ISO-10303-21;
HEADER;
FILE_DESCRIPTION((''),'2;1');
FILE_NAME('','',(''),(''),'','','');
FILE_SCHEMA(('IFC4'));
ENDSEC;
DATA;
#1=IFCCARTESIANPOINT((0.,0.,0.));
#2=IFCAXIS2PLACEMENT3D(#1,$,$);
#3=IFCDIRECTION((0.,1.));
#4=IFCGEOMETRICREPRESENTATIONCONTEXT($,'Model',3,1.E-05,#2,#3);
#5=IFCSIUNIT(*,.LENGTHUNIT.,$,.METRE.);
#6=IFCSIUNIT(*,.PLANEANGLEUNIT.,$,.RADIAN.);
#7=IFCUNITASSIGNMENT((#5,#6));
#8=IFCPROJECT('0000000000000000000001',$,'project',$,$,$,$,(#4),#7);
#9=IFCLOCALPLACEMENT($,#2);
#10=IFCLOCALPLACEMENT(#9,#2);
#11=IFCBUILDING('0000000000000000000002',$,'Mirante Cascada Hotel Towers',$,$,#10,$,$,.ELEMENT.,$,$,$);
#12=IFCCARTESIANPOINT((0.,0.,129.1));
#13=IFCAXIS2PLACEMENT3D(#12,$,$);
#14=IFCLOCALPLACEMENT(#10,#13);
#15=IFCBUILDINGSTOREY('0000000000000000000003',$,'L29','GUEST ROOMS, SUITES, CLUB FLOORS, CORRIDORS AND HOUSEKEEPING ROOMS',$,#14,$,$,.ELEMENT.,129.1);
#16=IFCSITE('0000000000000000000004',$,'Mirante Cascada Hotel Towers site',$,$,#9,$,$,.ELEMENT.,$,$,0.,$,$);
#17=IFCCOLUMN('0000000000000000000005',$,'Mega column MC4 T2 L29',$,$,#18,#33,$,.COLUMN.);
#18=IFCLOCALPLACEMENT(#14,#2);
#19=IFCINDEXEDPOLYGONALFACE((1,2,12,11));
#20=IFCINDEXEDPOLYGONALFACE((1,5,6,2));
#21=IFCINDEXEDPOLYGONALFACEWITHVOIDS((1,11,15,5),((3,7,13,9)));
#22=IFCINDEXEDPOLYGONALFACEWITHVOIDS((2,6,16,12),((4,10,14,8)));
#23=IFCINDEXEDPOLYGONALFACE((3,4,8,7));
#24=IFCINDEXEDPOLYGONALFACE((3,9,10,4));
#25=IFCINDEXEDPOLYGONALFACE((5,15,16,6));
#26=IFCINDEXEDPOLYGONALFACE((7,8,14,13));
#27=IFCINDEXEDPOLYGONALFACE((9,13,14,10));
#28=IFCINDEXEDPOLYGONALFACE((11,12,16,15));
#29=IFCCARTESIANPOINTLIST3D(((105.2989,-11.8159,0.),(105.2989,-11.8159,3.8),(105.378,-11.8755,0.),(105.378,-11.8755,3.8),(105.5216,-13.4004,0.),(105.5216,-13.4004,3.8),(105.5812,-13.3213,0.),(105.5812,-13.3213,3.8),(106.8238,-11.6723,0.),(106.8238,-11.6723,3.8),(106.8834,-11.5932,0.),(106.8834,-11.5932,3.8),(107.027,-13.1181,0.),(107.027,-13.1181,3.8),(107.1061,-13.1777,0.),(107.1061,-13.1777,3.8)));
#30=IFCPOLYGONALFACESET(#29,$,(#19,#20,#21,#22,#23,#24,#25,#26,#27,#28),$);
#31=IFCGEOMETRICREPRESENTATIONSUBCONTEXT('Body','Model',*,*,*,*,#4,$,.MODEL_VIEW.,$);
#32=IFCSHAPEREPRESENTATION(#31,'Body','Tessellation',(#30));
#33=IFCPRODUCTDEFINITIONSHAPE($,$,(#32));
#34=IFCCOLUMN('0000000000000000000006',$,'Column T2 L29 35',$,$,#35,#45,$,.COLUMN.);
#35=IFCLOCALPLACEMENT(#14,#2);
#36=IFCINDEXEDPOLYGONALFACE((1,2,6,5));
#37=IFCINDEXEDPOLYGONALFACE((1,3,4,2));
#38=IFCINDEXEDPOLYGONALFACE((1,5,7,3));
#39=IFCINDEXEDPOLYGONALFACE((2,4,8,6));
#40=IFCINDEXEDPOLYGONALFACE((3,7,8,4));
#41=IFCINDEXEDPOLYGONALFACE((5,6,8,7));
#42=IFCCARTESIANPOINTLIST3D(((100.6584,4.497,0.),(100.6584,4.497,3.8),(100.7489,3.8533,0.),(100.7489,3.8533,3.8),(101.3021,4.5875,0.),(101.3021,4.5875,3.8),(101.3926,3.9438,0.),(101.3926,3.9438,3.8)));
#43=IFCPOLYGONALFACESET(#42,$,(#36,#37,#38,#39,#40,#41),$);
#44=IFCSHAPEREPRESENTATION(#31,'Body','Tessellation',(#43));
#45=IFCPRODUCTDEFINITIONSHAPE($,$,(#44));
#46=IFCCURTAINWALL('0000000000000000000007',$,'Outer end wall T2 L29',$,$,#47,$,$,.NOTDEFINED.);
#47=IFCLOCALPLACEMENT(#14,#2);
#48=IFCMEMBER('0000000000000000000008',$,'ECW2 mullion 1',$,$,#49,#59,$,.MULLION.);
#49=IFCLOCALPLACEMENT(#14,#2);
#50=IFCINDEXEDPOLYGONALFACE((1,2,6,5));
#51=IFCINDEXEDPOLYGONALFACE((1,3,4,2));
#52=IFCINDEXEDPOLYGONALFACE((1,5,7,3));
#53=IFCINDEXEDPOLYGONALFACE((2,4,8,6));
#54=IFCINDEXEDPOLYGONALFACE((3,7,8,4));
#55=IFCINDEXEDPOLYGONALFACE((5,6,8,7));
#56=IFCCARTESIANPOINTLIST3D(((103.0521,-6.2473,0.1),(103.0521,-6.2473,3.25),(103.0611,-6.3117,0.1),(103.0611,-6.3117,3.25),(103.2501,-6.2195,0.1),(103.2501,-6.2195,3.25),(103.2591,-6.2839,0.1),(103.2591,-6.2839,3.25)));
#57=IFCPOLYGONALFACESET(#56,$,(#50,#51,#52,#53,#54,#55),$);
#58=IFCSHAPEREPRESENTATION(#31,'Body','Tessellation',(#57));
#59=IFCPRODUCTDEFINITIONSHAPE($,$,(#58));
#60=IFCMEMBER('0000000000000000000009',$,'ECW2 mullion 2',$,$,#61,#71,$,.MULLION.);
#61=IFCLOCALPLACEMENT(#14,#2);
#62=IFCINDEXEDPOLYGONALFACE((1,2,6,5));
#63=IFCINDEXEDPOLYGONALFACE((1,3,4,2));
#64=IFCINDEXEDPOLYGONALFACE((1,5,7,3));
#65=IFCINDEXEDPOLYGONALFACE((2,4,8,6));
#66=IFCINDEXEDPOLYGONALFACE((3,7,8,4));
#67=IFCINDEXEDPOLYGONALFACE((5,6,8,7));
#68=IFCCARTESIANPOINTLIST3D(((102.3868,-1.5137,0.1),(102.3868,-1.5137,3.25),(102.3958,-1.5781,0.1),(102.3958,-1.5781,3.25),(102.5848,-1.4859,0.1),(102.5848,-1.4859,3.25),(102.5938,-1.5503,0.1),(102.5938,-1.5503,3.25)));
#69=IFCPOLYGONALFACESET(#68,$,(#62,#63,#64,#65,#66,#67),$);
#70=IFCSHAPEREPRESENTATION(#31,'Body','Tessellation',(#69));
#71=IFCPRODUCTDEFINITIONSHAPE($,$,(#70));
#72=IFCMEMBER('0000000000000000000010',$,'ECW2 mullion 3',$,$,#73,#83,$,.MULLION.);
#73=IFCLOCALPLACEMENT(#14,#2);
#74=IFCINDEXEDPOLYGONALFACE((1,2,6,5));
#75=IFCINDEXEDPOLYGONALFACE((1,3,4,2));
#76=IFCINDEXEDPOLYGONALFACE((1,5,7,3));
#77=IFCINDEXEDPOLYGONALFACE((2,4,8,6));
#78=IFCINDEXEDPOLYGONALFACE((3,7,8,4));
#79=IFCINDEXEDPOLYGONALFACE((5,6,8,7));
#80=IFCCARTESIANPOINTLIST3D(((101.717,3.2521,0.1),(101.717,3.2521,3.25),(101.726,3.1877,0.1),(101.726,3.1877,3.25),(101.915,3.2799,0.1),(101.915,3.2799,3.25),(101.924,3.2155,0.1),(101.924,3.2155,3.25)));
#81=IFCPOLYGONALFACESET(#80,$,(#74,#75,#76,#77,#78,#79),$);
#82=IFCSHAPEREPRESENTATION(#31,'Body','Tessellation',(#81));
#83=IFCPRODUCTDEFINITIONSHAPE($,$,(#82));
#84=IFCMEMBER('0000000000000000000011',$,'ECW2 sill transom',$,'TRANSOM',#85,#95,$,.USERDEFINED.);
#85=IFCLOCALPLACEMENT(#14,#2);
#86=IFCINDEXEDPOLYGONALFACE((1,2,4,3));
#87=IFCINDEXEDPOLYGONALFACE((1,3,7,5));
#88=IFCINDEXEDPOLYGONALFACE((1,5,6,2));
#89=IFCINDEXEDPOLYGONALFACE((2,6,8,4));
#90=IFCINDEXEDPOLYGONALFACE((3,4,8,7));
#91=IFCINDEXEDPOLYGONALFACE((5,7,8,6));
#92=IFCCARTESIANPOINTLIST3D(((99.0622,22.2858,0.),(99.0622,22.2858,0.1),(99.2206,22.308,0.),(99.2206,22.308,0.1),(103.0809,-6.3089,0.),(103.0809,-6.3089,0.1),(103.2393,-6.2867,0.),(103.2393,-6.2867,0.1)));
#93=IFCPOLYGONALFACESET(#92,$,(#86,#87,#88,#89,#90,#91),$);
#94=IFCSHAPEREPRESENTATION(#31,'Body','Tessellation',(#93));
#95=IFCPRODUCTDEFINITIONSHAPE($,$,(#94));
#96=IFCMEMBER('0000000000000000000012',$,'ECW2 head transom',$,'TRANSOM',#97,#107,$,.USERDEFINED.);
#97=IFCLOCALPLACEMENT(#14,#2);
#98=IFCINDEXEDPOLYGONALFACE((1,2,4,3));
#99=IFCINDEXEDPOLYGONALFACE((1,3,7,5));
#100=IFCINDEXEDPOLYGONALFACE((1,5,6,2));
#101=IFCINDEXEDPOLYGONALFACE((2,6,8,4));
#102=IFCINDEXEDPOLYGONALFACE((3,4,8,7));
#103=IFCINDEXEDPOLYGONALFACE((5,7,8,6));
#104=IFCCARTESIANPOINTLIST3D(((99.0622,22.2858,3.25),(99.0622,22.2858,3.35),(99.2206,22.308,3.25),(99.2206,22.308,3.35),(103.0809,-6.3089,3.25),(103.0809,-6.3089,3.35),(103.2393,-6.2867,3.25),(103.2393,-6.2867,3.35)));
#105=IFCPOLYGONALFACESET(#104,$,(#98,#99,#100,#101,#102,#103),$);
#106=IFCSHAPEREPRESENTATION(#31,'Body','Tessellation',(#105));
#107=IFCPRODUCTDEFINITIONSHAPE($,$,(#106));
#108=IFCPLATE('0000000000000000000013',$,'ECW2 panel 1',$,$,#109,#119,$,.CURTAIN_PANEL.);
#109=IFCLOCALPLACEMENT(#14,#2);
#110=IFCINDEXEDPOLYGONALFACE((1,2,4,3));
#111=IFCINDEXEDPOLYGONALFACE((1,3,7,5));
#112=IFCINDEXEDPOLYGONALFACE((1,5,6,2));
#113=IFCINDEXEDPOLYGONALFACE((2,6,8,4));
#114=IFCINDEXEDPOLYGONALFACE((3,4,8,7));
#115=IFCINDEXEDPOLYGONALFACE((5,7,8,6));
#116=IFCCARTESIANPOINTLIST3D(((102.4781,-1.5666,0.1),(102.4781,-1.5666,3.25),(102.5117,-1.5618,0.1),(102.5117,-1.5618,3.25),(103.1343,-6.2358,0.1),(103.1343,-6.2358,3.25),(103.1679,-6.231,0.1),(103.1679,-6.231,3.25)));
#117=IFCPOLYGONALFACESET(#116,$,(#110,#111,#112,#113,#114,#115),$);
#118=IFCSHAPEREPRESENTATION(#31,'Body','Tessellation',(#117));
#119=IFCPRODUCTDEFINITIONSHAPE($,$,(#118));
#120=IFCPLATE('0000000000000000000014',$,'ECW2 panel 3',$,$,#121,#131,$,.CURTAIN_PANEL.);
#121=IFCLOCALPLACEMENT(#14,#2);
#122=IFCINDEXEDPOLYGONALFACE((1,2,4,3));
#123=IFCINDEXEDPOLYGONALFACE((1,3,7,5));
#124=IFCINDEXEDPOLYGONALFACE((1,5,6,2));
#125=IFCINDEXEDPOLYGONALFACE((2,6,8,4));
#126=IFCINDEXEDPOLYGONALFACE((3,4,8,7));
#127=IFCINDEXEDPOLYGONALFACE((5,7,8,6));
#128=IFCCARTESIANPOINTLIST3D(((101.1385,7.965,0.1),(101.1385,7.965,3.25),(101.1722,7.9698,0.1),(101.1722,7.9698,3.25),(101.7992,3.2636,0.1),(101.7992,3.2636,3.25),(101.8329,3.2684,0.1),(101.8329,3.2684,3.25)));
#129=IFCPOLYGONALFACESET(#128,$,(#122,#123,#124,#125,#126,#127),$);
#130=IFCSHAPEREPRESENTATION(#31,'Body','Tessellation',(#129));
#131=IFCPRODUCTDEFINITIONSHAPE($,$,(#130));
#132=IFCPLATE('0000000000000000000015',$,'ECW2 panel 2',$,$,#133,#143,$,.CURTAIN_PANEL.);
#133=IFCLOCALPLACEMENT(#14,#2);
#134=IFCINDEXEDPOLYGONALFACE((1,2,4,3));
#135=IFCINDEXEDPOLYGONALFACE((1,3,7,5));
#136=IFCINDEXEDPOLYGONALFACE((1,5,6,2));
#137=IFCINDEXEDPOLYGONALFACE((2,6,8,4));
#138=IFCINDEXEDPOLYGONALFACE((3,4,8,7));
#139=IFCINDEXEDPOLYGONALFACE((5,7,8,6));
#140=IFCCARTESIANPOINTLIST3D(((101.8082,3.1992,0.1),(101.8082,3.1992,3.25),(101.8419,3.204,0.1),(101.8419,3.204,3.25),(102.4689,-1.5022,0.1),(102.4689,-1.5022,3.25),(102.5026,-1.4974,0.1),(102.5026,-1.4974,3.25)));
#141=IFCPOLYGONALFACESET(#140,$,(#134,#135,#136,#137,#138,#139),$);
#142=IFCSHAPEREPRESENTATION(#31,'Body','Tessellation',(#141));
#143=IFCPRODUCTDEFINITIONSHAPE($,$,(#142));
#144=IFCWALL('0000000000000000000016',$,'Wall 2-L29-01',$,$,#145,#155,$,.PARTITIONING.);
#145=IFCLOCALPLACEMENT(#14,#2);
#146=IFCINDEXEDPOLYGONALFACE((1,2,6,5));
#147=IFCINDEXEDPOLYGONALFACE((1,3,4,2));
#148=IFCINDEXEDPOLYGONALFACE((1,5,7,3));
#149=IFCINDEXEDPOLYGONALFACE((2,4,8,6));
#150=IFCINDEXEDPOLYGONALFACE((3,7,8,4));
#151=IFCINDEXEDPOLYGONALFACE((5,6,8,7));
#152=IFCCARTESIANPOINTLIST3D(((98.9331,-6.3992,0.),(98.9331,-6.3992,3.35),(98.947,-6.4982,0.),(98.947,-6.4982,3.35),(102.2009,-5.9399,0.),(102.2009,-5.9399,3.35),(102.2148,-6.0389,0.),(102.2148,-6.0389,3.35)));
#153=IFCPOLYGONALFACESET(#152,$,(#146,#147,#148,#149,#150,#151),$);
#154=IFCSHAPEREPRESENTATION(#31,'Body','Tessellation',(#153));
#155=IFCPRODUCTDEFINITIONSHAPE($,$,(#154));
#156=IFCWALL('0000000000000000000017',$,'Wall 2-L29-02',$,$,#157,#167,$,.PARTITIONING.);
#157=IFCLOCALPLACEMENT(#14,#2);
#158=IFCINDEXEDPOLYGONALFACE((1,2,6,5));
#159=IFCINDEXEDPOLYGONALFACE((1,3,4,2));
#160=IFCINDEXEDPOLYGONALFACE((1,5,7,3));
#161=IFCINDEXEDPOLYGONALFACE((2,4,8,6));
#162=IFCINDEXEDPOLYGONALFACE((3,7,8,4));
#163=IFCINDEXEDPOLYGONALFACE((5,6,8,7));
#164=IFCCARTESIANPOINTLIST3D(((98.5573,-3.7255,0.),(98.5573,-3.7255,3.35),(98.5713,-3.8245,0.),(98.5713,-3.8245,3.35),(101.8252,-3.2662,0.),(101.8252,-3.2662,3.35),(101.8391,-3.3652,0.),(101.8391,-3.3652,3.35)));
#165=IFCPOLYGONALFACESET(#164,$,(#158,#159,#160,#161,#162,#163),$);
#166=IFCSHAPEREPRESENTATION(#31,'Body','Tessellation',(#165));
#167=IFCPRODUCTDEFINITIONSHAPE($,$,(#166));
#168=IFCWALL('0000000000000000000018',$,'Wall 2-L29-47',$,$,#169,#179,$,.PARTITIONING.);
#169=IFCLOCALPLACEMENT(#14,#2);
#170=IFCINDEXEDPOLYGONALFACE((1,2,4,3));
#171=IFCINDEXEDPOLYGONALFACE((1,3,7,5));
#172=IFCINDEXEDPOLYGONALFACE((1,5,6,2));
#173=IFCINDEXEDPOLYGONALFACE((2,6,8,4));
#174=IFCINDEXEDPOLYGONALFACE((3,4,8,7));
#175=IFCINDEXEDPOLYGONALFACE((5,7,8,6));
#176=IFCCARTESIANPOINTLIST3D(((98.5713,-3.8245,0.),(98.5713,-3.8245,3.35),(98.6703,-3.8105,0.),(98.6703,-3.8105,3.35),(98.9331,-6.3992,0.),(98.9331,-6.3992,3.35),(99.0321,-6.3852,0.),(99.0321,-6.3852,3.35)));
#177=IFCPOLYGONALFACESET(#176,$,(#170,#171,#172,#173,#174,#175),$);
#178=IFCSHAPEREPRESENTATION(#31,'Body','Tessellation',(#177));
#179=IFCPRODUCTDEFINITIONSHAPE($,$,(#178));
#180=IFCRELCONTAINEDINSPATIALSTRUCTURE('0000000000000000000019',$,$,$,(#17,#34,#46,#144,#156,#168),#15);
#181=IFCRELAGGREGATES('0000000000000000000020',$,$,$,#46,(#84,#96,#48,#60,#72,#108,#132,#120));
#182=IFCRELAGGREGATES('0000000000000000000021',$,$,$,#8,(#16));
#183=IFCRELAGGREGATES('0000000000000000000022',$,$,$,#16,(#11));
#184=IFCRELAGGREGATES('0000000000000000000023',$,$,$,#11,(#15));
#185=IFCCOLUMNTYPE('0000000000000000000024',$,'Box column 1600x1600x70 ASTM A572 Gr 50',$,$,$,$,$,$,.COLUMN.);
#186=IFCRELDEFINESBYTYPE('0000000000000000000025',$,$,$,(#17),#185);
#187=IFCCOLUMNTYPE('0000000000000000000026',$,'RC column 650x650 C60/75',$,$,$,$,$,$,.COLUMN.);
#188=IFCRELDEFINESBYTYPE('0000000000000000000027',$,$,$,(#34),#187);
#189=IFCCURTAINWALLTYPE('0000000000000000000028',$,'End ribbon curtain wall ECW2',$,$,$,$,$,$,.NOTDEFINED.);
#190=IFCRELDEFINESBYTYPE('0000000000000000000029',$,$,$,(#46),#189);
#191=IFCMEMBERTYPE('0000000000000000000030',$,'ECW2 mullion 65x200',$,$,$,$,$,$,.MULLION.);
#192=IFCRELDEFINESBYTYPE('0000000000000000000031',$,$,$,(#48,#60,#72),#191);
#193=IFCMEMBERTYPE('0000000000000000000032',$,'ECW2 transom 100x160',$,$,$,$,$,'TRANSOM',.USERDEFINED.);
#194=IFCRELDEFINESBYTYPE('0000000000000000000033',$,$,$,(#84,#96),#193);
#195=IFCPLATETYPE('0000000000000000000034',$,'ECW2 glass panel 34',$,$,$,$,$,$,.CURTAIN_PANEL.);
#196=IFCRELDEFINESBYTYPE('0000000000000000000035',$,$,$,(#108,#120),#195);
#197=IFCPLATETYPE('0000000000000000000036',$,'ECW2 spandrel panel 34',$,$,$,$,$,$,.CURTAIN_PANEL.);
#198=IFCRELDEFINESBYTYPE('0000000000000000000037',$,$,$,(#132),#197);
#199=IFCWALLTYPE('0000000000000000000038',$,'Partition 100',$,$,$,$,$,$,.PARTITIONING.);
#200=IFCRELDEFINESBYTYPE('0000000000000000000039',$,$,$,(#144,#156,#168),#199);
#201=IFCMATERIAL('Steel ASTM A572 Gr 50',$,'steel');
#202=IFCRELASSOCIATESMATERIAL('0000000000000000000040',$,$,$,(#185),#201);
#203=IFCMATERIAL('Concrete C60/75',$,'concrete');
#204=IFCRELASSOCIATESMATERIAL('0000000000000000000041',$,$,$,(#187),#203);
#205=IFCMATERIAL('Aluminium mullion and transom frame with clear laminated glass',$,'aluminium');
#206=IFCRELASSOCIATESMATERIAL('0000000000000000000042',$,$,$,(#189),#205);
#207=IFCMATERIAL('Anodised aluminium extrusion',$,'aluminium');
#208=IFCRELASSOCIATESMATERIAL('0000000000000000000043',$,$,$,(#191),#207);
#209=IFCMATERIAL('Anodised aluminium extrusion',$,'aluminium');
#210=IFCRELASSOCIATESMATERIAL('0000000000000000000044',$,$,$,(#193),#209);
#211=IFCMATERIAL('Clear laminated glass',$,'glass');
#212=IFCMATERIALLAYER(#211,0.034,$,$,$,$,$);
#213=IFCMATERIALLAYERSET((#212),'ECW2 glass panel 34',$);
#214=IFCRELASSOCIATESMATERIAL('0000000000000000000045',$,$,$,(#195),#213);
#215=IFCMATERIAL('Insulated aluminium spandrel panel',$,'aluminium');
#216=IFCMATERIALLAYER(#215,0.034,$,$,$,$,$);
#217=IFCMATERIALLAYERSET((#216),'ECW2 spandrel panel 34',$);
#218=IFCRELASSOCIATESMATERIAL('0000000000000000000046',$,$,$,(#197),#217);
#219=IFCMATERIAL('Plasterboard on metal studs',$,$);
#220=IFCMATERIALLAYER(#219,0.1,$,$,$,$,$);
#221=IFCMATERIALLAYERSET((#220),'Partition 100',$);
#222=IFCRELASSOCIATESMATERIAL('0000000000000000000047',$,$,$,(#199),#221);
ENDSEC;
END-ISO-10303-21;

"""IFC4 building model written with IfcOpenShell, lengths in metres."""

from ifc_helpers import new_model, si_unit, direction, frame, frame_2d, origin, origin_2d, place, context, subcontext, project, spatial, rectangle, hollow_rectangle, extrude, material, layer, layer_set, material_profile, profile_set, type_object, element, aggregate, save


model = new_model("IFC4")

# Units and contexts
model_context = context("Model", 3, precision=1e-05, world=origin(), true_north=direction((0.0, 1.0)))
body_context = subcontext(model_context, "Body", "Model", "MODEL_VIEW")
ifc_project = project(units=[si_unit("LENGTHUNIT", "METRE"), si_unit("PLANEANGLEUNIT", "RADIAN")], contexts=[model_context])

# Site, building, storey
site_placement = place(None, origin())
site = spatial("IfcSite", under=ifc_project, at=site_placement, Name="Mirante Cascada Hotel Towers site", CompositionType="ELEMENT", RefElevation=0.0)
building_placement = place(site_placement, origin())
building = spatial("IfcBuilding", under=site, at=building_placement, Name="Mirante Cascada Hotel Towers", CompositionType="ELEMENT")
storey_placement = place(building_placement, frame((0.0, 0.0, 129.1)))
storey = spatial("IfcBuildingStorey", under=building, at=storey_placement, Name="L29", Description="GUEST ROOMS, SUITES, CLUB FLOORS, CORRIDORS AND HOUSEKEEPING ROOMS", CompositionType="ELEMENT", Elevation=129.1)

# Columns
ifc_material_1 = material(Name="Steel ASTM A572 Gr 50", Category="steel")
ifc_material_profile_1 = material_profile(ifc_material_1, hollow_rectangle(XDim=1.6, YDim=1.6, WallThickness=0.07, at=origin_2d()), Name="Box column 1600x1600x70 ASTM A572 Gr 50")
ifc_profile_set_1 = profile_set([ifc_material_profile_1], Name="Steel ASTM A572 Gr 50")
column_type_1 = type_object("IfcColumnType", Name="Box column 1600x1600x70 ASTM A572 Gr 50", PredefinedType="COLUMN", material=ifc_profile_set_1)
column_1_placement = place(storey_placement, frame((106.2025, -12.4968, 0.0), z_axis=(0.0, 0.0, 1.0), x_axis=(0.990268, 0.139173, 0.0)))
element("IfcColumn", 1, at=column_1_placement, inside=storey, type_object=column_type_1, Name="Mega column MC4 T2 L29", PredefinedType="COLUMN", context=body_context, shape_type="SweptSolid", body=[
    extrude(hollow_rectangle(XDim=1.6, YDim=1.6, WallThickness=0.07, at=origin_2d()), origin(), (0.0, 0.0, 1.0), 3.8),
])
ifc_material_2 = material(Name="Concrete C60/75", Category="concrete")
ifc_material_profile_2 = material_profile(ifc_material_2, rectangle(XDim=0.65, YDim=0.65, at=origin_2d()), Name="RC column 650x650 C60/75")
ifc_profile_set_2 = profile_set([ifc_material_profile_2], Name="Concrete C60/75")
column_type_2 = type_object("IfcColumnType", Name="RC column 650x650 C60/75", PredefinedType="COLUMN", material=ifc_profile_set_2)
column_2_placement = place(storey_placement, frame((101.0255, 4.2204, 0.0), z_axis=(0.0, 0.0, 1.0), x_axis=(0.990268, 0.139173, 0.0)))
element("IfcColumn", 2, at=column_2_placement, inside=storey, type_object=column_type_2, Name="Column T2 L29 35", PredefinedType="COLUMN", context=body_context, shape_type="SweptSolid", body=[
    extrude(rectangle(XDim=0.65, YDim=0.65, at=origin_2d()), origin(), (0.0, 0.0, 1.0), 3.8),
])

# Curtain wall, members, plates
ifc_material_3 = material(Name="Aluminium mullion and transom frame with clear laminated glass", Category="aluminium")
curtain_wall_type = type_object("IfcCurtainWallType", Name="End ribbon curtain wall ECW2", PredefinedType="NOTDEFINED", material=ifc_material_3)
curtain_wall_placement = place(storey_placement, origin())
curtain_wall = element("IfcCurtainWall", 3, at=curtain_wall_placement, inside=storey, type_object=curtain_wall_type, Name="Outer end wall T2 L29", PredefinedType="NOTDEFINED")
ifc_material_4 = material(Name="Anodised aluminium extrusion", Category="aluminium")
ifc_material_profile_3 = material_profile(ifc_material_4, rectangle(XDim=0.2, YDim=0.065, at=origin_2d()), Name="ECW2 MULLION 65x200")
ifc_profile_set_3 = profile_set([ifc_material_profile_3], Name="Anodised aluminium extrusion")
member_type_1 = type_object("IfcMemberType", Name="ECW2 mullion 65x200", PredefinedType="MULLION", material=ifc_profile_set_3)
member_1_placement = place(storey_placement, frame((103.1556, -6.2656, 0.1), z_axis=(0.0, 0.0, 1.0), x_axis=(-0.990268, -0.139173, 0.0)))
member_1 = element("IfcMember", 4, at=member_1_placement, type_object=member_type_1, Name="ECW2 mullion 1", PredefinedType="MULLION", context=body_context, shape_type="SweptSolid", body=[
    extrude(rectangle(XDim=0.2, YDim=0.065, at=origin_2d()), origin(), (0.0, 0.0, 1.0), 3.15),
])
member_2_placement = place(storey_placement, frame((102.4903, -1.532, 0.1), z_axis=(0.0, 0.0, 1.0), x_axis=(-0.990268, -0.139173, 0.0)))
member_2 = element("IfcMember", 5, at=member_2_placement, type_object=member_type_1, Name="ECW2 mullion 2", PredefinedType="MULLION", context=body_context, shape_type="SweptSolid", body=[
    extrude(rectangle(XDim=0.2, YDim=0.065, at=origin_2d()), origin(), (0.0, 0.0, 1.0), 3.15),
])
member_3_placement = place(storey_placement, frame((101.8205, 3.2338, 0.1), z_axis=(0.0, 0.0, 1.0), x_axis=(-0.990268, -0.139173, 0.0)))
member_3 = element("IfcMember", 6, at=member_3_placement, type_object=member_type_1, Name="ECW2 mullion 3", PredefinedType="MULLION", context=body_context, shape_type="SweptSolid", body=[
    extrude(rectangle(XDim=0.2, YDim=0.065, at=origin_2d()), origin(), (0.0, 0.0, 1.0), 3.15),
])
ifc_material_5 = material(Name="Anodised aluminium extrusion", Category="aluminium")
ifc_material_profile_4 = material_profile(ifc_material_5, rectangle(XDim=0.16, YDim=0.1, at=origin_2d()), Name="ECW2 TRANSOM 100x160")
ifc_profile_set_4 = profile_set([ifc_material_profile_4], Name="Anodised aluminium extrusion")
member_type_2 = type_object("IfcMemberType", Name="ECW2 transom 100x160", ElementType="TRANSOM", PredefinedType="USERDEFINED", material=ifc_profile_set_4)
member_4_placement = place(storey_placement, frame((103.1601, -6.2978, 0.05), z_axis=(-0.139172, 0.990268, 0.0), x_axis=(-0.990268, -0.139172, 0.0)))
member_4 = element("IfcMember", 7, at=member_4_placement, type_object=member_type_2, Name="ECW2 sill transom", ObjectType="TRANSOM", PredefinedType="USERDEFINED", context=body_context, shape_type="SweptSolid", body=[
    extrude(rectangle(XDim=0.16, YDim=0.1, at=origin_2d()), origin(), (0.0, 0.0, 1.0), 28.8757),
])
member_5_placement = place(storey_placement, frame((103.1601, -6.2978, 3.3), z_axis=(-0.139172, 0.990268, 0.0), x_axis=(-0.990268, -0.139172, 0.0)))
member_5 = element("IfcMember", 8, at=member_5_placement, type_object=member_type_2, Name="ECW2 head transom", ObjectType="TRANSOM", PredefinedType="USERDEFINED", context=body_context, shape_type="SweptSolid", body=[
    extrude(rectangle(XDim=0.16, YDim=0.1, at=origin_2d()), origin(), (0.0, 0.0, 1.0), 28.8757),
])
ifc_material_6 = material(Name="Clear laminated glass", Category="glass")
ifc_layer_1 = layer(ifc_material_6, 0.034)
ifc_layer_set_1 = layer_set([ifc_layer_1], Name="ECW2 glass panel 34")
plate_type_1 = type_object("IfcPlateType", Name="ECW2 glass panel 34", PredefinedType="CURTAIN_PANEL", material=ifc_layer_set_1)
plate_1_placement = place(storey_placement, frame((102.823, -3.8988, 0.1), z_axis=(0.0, 0.0, 1.0), x_axis=(-0.139173, 0.990268, 0.0)))
plate_1 = element("IfcPlate", 9, at=plate_1_placement, type_object=plate_type_1, Name="ECW2 panel 1", PredefinedType="CURTAIN_PANEL", context=body_context, shape_type="SweptSolid", body=[
    extrude(rectangle(XDim=4.7151, YDim=0.034, at=origin_2d()), origin(), (0.0, 0.0, 1.0), 3.15),
])
plate_2_placement = place(storey_placement, frame((101.4857, 5.6167, 0.1), z_axis=(0.0, 0.0, 1.0), x_axis=(-0.139173, 0.990268, 0.0)))
plate_2 = element("IfcPlate", 10, at=plate_2_placement, type_object=plate_type_1, Name="ECW2 panel 3", PredefinedType="CURTAIN_PANEL", context=body_context, shape_type="SweptSolid", body=[
    extrude(rectangle(XDim=4.7476, YDim=0.034, at=origin_2d()), origin(), (0.0, 0.0, 1.0), 3.15),
])
ifc_material_7 = material(Name="Insulated aluminium spandrel panel", Category="aluminium")
ifc_layer_2 = layer(ifc_material_7, 0.034)
ifc_layer_set_2 = layer_set([ifc_layer_2], Name="ECW2 spandrel panel 34")
plate_type_2 = type_object("IfcPlateType", Name="ECW2 spandrel panel 34", PredefinedType="CURTAIN_PANEL", material=ifc_layer_set_2)
plate_3_placement = place(storey_placement, frame((102.1554, 0.8509, 0.1), z_axis=(0.0, 0.0, 1.0), x_axis=(-0.139173, 0.990268, 0.0)))
plate_3 = element("IfcPlate", 11, at=plate_3_placement, type_object=plate_type_2, Name="ECW2 panel 2", PredefinedType="CURTAIN_PANEL", context=body_context, shape_type="SweptSolid", body=[
    extrude(rectangle(XDim=4.7476, YDim=0.034, at=origin_2d()), origin(), (0.0, 0.0, 1.0), 3.15),
])
aggregate(curtain_wall, [member_4, member_5, member_1, member_2, member_3, plate_1, plate_3, plate_2])

# Walls
ifc_material_8 = material(Name="Plasterboard on metal studs")
ifc_layer_3 = layer(ifc_material_8, 0.1)
ifc_layer_set_3 = layer_set([ifc_layer_3], Name="Partition 100")
wall_type_1 = type_object("IfcWallType", Name="Partition 100", PredefinedType="PARTITIONING", material=ifc_layer_set_3)
wall_1_placement = place(storey_placement, frame((102.2079, -5.9894, 0.0), z_axis=(0.0, 0.0, 1.0), x_axis=(-0.990266, -0.139185, 0.0)))
element("IfcWall", 12, at=wall_1_placement, inside=storey, type_object=wall_type_1, Name="Wall 2-L29-01", PredefinedType="PARTITIONING", context=body_context, shape_type="SweptSolid", body=[
    extrude(rectangle(XDim=3.2999, YDim=0.1, at=frame_2d((1.65, 0.0))), origin(), (0.0, 0.0, 1.0), 3.35),
])
wall_2_placement = place(storey_placement, frame((98.5643, -3.775, 0.0), z_axis=(0.0, 0.0, 1.0), x_axis=(0.990267, 0.139181, 0.0)))
element("IfcWall", 13, at=wall_2_placement, inside=storey, type_object=wall_type_1, Name="Wall 2-L29-02", PredefinedType="PARTITIONING", context=body_context, shape_type="SweptSolid", body=[
    extrude(rectangle(XDim=3.3, YDim=0.1, at=frame_2d((1.65, 0.0))), origin(), (0.0, 0.0, 1.0), 3.35),
])
wall_3_placement = place(storey_placement, frame((98.6208, -3.8175, 0.0), z_axis=(0.0, 0.0, 1.0), x_axis=(0.139154, -0.990271, 0.0)))
element("IfcWall", 14, at=wall_3_placement, inside=storey, type_object=wall_type_1, Name="Wall 2-L29-47", PredefinedType="PARTITIONING", context=body_context, shape_type="SweptSolid", body=[
    extrude(rectangle(XDim=2.6, YDim=0.1, at=frame_2d((1.3, 0.0))), origin(), (0.0, 0.0, 1.0), 3.35),
])

save(model, "model.ifc")
